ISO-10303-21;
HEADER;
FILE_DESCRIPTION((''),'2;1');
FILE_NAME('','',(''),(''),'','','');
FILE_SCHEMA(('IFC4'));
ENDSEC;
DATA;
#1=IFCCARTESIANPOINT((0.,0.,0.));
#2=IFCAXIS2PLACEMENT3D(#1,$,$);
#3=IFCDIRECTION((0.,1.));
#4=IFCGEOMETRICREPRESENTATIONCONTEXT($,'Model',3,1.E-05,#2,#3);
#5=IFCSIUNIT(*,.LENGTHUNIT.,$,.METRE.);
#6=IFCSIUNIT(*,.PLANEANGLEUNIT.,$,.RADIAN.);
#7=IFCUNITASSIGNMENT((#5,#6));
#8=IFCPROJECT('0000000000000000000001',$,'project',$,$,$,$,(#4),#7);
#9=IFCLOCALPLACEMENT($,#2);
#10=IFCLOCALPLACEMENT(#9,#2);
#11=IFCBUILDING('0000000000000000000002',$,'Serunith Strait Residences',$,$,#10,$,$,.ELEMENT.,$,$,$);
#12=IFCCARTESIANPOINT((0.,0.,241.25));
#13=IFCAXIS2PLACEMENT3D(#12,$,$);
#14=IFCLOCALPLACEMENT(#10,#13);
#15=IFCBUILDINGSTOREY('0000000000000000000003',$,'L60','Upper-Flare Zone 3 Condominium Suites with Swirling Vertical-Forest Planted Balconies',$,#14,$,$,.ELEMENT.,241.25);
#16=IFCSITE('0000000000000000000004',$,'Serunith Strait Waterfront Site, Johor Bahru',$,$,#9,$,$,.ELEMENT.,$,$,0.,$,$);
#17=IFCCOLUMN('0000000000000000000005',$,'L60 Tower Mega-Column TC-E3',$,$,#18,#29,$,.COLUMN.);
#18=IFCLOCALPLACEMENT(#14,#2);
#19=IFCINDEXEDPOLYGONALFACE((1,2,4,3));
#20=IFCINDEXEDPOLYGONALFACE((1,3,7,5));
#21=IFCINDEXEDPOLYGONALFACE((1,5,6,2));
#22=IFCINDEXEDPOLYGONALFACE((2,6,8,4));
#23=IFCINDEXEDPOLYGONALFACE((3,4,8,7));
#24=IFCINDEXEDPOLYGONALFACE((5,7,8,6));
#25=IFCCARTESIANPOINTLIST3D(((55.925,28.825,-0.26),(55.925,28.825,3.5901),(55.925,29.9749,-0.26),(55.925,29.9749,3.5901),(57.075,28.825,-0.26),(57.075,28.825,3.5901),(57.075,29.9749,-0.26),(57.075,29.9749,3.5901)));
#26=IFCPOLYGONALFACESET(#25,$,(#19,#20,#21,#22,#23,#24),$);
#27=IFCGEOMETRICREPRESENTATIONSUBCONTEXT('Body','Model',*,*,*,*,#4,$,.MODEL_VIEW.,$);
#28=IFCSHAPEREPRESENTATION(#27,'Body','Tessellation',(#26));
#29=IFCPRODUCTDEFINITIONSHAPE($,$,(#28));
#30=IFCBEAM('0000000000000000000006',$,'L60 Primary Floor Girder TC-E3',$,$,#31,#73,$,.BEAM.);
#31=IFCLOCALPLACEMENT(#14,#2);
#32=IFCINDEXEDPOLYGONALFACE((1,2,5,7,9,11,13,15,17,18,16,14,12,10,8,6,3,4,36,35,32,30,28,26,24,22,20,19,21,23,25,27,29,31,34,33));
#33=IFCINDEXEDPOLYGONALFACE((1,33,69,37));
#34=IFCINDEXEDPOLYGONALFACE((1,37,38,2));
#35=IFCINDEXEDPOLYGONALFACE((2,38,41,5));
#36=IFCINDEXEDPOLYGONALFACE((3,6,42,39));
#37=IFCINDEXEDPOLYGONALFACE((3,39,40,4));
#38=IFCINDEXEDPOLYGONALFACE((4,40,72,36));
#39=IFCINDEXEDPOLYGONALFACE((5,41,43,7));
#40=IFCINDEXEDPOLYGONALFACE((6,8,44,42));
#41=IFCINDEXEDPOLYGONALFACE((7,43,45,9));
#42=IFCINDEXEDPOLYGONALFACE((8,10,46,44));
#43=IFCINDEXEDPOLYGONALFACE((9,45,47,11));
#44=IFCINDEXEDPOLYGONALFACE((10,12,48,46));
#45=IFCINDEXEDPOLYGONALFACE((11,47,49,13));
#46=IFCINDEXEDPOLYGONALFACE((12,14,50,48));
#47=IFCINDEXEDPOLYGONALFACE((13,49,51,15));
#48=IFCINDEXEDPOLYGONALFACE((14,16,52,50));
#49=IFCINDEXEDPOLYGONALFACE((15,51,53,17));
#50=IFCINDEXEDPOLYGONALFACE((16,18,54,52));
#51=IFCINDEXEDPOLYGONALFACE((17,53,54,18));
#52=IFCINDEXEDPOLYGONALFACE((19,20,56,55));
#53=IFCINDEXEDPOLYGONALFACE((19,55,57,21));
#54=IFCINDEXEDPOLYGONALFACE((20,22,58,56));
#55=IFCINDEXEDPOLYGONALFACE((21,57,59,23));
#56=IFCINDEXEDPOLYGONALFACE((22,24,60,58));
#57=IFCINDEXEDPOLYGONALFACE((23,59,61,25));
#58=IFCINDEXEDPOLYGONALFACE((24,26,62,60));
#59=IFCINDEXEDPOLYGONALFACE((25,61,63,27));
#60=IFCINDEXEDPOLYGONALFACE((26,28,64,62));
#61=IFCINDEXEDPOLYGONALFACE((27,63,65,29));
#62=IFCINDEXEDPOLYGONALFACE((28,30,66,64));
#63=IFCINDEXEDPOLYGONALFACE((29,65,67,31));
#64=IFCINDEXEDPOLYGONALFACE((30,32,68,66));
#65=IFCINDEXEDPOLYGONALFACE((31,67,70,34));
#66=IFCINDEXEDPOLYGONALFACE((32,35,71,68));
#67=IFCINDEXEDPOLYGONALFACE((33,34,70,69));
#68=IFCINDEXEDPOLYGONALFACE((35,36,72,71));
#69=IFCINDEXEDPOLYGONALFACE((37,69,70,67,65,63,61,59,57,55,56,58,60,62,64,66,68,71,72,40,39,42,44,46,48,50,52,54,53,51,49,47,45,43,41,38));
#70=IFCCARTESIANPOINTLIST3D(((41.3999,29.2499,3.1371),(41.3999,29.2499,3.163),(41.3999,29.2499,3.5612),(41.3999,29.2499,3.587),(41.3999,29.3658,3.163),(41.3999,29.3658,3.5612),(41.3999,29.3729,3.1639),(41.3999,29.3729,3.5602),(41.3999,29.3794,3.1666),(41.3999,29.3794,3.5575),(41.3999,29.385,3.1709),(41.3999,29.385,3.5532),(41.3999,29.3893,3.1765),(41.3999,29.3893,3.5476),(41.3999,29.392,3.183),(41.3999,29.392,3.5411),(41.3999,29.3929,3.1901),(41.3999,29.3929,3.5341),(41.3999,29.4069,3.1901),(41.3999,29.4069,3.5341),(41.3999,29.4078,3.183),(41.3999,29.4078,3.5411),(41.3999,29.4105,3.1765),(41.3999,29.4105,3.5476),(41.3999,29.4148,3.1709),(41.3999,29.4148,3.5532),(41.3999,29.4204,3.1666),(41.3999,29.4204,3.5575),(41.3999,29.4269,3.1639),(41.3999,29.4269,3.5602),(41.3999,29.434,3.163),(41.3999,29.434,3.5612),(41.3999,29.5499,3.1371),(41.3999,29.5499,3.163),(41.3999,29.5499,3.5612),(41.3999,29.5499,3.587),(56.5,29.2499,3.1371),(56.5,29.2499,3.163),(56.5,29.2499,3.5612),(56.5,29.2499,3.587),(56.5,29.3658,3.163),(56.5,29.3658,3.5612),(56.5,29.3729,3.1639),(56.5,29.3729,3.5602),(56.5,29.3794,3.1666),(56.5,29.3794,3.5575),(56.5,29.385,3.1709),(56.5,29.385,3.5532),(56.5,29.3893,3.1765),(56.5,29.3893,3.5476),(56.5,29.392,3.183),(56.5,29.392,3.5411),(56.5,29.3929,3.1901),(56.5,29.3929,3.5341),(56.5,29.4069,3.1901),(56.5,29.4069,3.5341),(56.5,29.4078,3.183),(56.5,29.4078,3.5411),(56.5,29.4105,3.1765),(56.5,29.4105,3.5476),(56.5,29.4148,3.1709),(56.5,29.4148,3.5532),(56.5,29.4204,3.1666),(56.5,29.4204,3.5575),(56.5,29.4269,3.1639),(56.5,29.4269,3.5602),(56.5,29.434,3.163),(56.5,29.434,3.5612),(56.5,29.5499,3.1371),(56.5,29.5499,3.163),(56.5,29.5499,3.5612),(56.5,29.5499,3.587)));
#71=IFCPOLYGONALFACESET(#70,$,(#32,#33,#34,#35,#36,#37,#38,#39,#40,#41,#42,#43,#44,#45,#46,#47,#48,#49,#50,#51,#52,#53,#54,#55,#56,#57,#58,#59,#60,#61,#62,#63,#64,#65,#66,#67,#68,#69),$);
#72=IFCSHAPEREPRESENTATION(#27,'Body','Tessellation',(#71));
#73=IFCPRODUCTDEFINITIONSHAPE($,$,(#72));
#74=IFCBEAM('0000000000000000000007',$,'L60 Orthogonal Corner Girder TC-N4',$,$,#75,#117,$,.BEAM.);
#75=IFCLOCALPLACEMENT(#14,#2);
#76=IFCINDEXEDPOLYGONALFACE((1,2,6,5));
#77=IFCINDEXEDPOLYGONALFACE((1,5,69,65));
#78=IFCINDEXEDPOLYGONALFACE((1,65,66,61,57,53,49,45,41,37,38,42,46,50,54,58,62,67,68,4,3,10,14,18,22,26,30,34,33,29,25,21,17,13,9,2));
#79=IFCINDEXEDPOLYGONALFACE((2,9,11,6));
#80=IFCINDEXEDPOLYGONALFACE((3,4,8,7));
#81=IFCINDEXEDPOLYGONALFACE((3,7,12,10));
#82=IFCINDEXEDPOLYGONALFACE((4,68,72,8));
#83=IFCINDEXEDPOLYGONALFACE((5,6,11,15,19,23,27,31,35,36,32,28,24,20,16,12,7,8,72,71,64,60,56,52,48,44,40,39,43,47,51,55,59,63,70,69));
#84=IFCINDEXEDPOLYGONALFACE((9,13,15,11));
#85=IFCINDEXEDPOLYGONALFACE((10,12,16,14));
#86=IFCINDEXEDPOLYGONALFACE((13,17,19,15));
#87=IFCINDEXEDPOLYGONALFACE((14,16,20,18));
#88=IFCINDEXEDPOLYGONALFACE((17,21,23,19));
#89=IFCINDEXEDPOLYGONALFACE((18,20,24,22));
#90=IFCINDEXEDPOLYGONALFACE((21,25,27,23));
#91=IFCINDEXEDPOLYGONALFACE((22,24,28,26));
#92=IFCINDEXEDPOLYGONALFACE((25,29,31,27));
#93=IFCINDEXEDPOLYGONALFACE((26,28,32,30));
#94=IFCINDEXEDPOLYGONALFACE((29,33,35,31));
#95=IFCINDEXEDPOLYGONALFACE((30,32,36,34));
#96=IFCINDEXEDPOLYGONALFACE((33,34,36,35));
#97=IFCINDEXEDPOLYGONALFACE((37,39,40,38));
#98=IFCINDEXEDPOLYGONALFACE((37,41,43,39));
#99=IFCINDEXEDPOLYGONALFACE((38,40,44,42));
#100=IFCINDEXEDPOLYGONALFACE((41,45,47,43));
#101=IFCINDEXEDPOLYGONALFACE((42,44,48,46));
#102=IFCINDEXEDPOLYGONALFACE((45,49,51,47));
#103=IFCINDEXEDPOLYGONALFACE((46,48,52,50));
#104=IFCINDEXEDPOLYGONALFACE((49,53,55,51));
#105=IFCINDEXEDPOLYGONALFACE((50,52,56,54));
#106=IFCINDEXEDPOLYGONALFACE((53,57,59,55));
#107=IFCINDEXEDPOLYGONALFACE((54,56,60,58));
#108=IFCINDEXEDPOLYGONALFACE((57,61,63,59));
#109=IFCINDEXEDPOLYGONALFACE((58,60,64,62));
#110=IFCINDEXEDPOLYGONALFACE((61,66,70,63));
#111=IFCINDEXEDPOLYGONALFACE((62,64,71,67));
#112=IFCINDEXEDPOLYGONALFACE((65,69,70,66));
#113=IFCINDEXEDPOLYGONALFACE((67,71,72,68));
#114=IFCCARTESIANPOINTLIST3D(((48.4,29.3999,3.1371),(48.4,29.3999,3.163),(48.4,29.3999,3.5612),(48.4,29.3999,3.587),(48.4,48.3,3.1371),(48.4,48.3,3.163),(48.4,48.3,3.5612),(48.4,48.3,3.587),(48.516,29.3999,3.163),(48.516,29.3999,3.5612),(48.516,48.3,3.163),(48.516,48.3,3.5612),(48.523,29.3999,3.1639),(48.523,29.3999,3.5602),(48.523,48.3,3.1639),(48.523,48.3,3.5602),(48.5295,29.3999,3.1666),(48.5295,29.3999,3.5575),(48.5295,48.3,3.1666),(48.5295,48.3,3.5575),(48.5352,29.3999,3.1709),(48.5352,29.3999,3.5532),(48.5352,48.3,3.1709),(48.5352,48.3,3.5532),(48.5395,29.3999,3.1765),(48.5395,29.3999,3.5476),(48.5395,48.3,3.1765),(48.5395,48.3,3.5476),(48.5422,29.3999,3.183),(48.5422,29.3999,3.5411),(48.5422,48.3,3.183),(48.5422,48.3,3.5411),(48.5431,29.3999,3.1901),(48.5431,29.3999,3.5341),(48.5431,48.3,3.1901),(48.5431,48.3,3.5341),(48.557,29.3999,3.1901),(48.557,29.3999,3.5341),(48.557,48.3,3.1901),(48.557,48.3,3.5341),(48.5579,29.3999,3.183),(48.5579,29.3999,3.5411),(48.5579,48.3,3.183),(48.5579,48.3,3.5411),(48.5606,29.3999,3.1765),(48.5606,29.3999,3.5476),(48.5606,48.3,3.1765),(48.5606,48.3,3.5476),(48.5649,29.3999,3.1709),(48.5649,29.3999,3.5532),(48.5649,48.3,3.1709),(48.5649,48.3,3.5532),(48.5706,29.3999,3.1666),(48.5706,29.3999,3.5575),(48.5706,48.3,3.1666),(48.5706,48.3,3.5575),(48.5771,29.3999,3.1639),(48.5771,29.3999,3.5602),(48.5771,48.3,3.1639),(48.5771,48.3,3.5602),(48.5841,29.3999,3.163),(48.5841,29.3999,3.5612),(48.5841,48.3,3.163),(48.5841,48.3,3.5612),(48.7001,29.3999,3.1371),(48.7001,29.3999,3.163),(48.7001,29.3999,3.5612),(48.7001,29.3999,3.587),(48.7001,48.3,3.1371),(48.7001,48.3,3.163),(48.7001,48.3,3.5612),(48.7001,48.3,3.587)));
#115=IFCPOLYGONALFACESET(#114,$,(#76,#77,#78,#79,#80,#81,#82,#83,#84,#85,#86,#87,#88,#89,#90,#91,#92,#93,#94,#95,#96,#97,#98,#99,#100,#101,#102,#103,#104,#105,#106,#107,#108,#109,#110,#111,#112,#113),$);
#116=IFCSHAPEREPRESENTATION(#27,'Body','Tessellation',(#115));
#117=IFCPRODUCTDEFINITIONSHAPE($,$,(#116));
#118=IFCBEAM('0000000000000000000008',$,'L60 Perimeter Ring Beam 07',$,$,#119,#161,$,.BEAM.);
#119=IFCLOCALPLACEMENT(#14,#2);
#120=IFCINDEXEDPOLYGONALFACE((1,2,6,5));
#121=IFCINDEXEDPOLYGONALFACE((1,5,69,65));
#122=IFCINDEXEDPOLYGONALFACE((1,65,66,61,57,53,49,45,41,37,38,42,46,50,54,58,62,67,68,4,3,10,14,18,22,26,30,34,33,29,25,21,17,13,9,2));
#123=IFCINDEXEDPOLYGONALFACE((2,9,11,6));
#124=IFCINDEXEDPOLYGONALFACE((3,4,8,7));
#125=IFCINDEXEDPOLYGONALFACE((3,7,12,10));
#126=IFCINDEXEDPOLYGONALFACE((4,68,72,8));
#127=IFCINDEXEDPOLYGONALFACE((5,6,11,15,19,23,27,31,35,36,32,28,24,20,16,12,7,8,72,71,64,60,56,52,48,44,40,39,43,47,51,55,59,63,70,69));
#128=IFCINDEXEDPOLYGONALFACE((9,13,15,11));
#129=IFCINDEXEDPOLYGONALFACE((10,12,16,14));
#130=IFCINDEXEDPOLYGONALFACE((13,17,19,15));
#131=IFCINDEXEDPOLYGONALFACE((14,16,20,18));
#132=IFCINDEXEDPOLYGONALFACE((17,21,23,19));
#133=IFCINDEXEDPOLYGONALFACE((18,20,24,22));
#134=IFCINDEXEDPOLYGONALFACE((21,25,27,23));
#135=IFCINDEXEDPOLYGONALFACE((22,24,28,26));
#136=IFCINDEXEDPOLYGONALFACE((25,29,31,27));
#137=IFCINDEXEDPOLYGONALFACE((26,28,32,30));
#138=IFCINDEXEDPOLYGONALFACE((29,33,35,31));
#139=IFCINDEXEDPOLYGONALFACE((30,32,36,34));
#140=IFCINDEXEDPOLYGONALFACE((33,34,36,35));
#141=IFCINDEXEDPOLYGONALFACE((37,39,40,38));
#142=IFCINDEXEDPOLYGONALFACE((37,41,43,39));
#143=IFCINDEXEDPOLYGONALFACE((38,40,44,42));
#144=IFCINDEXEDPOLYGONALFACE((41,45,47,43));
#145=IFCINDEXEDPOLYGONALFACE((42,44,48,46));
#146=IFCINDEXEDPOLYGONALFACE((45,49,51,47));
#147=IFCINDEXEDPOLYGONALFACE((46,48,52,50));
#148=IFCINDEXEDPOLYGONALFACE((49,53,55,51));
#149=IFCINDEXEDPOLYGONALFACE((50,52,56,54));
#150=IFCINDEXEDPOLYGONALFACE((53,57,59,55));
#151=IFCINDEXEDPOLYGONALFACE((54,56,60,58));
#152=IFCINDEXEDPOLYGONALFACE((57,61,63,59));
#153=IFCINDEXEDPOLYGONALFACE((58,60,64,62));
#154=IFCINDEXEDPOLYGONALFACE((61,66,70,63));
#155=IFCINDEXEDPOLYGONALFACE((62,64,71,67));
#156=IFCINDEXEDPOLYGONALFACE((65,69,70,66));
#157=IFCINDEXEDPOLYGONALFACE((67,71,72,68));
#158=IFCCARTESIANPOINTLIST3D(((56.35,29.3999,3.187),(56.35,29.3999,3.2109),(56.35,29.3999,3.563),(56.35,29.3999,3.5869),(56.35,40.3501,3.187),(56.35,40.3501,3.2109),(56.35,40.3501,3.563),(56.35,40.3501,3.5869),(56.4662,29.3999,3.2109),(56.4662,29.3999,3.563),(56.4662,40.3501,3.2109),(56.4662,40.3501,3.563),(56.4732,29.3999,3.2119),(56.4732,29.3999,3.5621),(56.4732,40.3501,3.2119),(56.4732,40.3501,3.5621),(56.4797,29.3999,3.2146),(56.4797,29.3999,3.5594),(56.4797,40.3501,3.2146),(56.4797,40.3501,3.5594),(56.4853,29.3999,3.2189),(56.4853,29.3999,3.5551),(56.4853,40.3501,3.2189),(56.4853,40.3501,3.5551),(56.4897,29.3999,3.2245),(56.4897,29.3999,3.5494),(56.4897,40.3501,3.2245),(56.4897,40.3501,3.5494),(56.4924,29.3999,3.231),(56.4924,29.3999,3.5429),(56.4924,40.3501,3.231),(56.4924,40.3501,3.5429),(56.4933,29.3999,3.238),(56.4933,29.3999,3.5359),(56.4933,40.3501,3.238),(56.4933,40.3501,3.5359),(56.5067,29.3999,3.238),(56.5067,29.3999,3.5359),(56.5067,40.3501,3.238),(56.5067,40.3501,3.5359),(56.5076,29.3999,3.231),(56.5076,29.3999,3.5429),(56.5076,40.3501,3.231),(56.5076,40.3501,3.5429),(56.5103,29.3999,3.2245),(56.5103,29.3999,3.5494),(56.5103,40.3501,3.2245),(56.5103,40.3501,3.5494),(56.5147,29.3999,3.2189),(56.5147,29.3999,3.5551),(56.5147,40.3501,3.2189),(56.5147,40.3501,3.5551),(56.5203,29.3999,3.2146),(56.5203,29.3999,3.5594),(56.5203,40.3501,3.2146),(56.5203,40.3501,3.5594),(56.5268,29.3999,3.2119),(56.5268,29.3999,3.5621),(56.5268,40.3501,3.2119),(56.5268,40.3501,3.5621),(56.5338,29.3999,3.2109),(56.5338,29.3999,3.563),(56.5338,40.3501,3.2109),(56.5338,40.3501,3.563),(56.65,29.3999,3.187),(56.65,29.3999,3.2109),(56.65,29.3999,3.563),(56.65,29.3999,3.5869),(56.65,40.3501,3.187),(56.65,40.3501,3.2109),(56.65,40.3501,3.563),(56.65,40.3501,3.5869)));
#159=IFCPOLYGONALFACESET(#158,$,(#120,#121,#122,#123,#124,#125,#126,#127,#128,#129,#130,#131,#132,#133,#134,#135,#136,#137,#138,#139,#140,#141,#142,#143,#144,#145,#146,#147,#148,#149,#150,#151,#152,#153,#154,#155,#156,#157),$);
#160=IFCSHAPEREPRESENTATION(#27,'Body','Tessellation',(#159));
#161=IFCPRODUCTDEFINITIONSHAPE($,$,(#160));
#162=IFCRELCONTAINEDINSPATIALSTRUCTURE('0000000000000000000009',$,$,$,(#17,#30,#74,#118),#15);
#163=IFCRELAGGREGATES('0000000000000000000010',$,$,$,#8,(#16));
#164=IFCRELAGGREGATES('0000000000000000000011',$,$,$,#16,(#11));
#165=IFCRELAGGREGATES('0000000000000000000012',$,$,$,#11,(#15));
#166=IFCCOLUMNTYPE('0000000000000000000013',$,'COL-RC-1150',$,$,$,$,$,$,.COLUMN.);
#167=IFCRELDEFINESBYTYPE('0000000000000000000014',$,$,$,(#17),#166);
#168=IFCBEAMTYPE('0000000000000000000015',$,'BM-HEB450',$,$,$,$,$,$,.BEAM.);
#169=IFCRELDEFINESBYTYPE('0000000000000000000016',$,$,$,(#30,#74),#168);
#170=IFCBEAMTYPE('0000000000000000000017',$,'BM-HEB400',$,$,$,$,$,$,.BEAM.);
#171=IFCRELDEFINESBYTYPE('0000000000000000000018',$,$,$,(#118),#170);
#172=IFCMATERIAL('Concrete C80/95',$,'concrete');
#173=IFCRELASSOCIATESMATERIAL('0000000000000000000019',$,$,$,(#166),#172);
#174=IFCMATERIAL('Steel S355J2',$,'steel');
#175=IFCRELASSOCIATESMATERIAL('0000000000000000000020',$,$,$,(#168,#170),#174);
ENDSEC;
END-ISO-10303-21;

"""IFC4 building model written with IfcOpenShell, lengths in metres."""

from ifc_helpers import new_model, si_unit, direction, frame, origin, origin_2d, place, context, subcontext, project, spatial, rectangle, i_section, extrude, source, transform, mapped, material, material_profile, profile_set, type_object, element, save


model = new_model("IFC4")

# Units and contexts
model_context = context("Model", 3, precision=1e-05, world=origin(), true_north=direction((0.0, 1.0)))
body_context = subcontext(model_context, "Body", "Model", "MODEL_VIEW")
ifc_project = project(units=[si_unit("LENGTHUNIT", "METRE"), si_unit("PLANEANGLEUNIT", "RADIAN")], contexts=[model_context])

# Site, building, storey
site_placement = place(None, origin())
site = spatial("IfcSite", under=ifc_project, at=site_placement, Name="Serunith Strait Waterfront Site, Johor Bahru", CompositionType="ELEMENT", RefElevation=0.0)
building_placement = place(site_placement, origin())
building = spatial("IfcBuilding", under=site, at=building_placement, Name="Serunith Strait Residences", CompositionType="ELEMENT")
storey_placement = place(building_placement, frame((0.0, 0.0, 241.25)))
storey = spatial("IfcBuildingStorey", under=building, at=storey_placement, Name="L60", Description="Upper-Flare Zone 3 Condominium Suites with Swirling Vertical-Forest Planted Balconies", CompositionType="ELEMENT", Elevation=241.25)

# Column
ifc_material_1 = material(Name="Concrete C80/95", Category="concrete")
ifc_material_profile_1 = material_profile(ifc_material_1, rectangle(XDim=1.1499, YDim=1.1499, at=origin_2d()), Name="RC 1150x1150")
ifc_profile_set_1 = profile_set([ifc_material_profile_1], Name="Concrete C80/95")
column_type = type_object("IfcColumnType", Name="COL-RC-1150", PredefinedType="COLUMN", material=ifc_profile_set_1)
shared_shape_1 = source(origin(), body_context, "Body", "SweptSolid", [
    extrude(rectangle(XDim=1.1499, YDim=1.1499, at=origin_2d()), origin(), (0.0, 0.0, 1.0), 3.8501),
])
column_placement = place(storey_placement, frame((56.5, 29.3999, -0.26), z_axis=(0.0, 0.0, 1.0), x_axis=(1.0, 0.0, 0.0)))
element("IfcColumn", 1, at=column_placement, inside=storey, type_object=column_type, Name="L60 Tower Mega-Column TC-E3", PredefinedType="COLUMN", context=body_context, shape_type="MappedRepresentation", body=[
    mapped(shared_shape_1, transform((0.0, 0.0, 0.0), scale=1.0)),
])

# Beams
ifc_material_2 = material(Name="Steel S355J2", Category="steel")
ifc_material_profile_2 = material_profile(ifc_material_2, i_section(OverallWidth=0.3, OverallDepth=0.45, WebThickness=0.0139, FlangeThickness=0.0259, FilletRadius=0.0271, at=origin_2d()), Name="HEB 450")
ifc_profile_set_2 = profile_set([ifc_material_profile_2], Name="Steel S355J2")
beam_type_1 = type_object("IfcBeamType", Name="BM-HEB450", PredefinedType="BEAM", material=ifc_profile_set_2)
shared_shape_2 = source(origin(), body_context, "Body", "SweptSolid", [
    extrude(i_section(OverallWidth=0.3, OverallDepth=0.45, WebThickness=0.0139, FlangeThickness=0.0259, FilletRadius=0.0271, at=origin_2d()), origin(), (0.0, 0.0, 1.0), 15.1001),
])
beam_1_placement = place(storey_placement, frame((41.3999, 29.3999, 3.3621), z_axis=(1.0, 0.0, 0.0), x_axis=(0.0, 1.0, 0.0)))
element("IfcBeam", 2, at=beam_1_placement, inside=storey, type_object=beam_type_1, Name="L60 Primary Floor Girder TC-E3", PredefinedType="BEAM", context=body_context, shape_type="MappedRepresentation", body=[
    mapped(shared_shape_2, transform((0.0, 0.0, 0.0), scale=1.0)),
])
shared_shape_3 = source(origin(), body_context, "Body", "SweptSolid", [
    extrude(i_section(OverallWidth=0.3, OverallDepth=0.45, WebThickness=0.0139, FlangeThickness=0.0259, FilletRadius=0.0271, at=origin_2d()), origin(), (0.0, 0.0, 1.0), 18.9001),
])
beam_2_placement = place(storey_placement, frame((48.55, 29.3999, 3.3621), z_axis=(0.0, 1.0, 0.0), x_axis=(-1.0, 0.0, 0.0)))
element("IfcBeam", 3, at=beam_2_placement, inside=storey, type_object=beam_type_1, Name="L60 Orthogonal Corner Girder TC-N4", PredefinedType="BEAM", context=body_context, shape_type="MappedRepresentation", body=[
    mapped(shared_shape_3, transform((0.0, 0.0, 0.0), scale=1.0)),
])
ifc_material_profile_3 = material_profile(ifc_material_2, i_section(OverallWidth=0.3, OverallDepth=0.3999, WebThickness=0.0134, FlangeThickness=0.0239, FilletRadius=0.0271, at=origin_2d()), Name="HEB 400")
ifc_profile_set_3 = profile_set([ifc_material_profile_3], Name="Steel S355J2")
beam_type_2 = type_object("IfcBeamType", Name="BM-HEB400", PredefinedType="BEAM", material=ifc_profile_set_3)
shared_shape_4 = source(origin(), body_context, "Body", "SweptSolid", [
    extrude(i_section(OverallWidth=0.3, OverallDepth=0.3999, WebThickness=0.0134, FlangeThickness=0.0239, FilletRadius=0.0271, at=origin_2d()), origin(), (0.0, 0.0, 1.0), 10.9502),
])
beam_3_placement = place(storey_placement, frame((56.5, 29.3999, 3.387), z_axis=(0.0, 1.0, 0.0), x_axis=(-1.0, 0.0, 0.0)))
element("IfcBeam", 4, at=beam_3_placement, inside=storey, type_object=beam_type_2, Name="L60 Perimeter Ring Beam 07", PredefinedType="BEAM", context=body_context, shape_type="MappedRepresentation", body=[
    mapped(shared_shape_4, transform((0.0, 0.0, 0.0), scale=1.0)),
])

save(model, "model.ifc")
